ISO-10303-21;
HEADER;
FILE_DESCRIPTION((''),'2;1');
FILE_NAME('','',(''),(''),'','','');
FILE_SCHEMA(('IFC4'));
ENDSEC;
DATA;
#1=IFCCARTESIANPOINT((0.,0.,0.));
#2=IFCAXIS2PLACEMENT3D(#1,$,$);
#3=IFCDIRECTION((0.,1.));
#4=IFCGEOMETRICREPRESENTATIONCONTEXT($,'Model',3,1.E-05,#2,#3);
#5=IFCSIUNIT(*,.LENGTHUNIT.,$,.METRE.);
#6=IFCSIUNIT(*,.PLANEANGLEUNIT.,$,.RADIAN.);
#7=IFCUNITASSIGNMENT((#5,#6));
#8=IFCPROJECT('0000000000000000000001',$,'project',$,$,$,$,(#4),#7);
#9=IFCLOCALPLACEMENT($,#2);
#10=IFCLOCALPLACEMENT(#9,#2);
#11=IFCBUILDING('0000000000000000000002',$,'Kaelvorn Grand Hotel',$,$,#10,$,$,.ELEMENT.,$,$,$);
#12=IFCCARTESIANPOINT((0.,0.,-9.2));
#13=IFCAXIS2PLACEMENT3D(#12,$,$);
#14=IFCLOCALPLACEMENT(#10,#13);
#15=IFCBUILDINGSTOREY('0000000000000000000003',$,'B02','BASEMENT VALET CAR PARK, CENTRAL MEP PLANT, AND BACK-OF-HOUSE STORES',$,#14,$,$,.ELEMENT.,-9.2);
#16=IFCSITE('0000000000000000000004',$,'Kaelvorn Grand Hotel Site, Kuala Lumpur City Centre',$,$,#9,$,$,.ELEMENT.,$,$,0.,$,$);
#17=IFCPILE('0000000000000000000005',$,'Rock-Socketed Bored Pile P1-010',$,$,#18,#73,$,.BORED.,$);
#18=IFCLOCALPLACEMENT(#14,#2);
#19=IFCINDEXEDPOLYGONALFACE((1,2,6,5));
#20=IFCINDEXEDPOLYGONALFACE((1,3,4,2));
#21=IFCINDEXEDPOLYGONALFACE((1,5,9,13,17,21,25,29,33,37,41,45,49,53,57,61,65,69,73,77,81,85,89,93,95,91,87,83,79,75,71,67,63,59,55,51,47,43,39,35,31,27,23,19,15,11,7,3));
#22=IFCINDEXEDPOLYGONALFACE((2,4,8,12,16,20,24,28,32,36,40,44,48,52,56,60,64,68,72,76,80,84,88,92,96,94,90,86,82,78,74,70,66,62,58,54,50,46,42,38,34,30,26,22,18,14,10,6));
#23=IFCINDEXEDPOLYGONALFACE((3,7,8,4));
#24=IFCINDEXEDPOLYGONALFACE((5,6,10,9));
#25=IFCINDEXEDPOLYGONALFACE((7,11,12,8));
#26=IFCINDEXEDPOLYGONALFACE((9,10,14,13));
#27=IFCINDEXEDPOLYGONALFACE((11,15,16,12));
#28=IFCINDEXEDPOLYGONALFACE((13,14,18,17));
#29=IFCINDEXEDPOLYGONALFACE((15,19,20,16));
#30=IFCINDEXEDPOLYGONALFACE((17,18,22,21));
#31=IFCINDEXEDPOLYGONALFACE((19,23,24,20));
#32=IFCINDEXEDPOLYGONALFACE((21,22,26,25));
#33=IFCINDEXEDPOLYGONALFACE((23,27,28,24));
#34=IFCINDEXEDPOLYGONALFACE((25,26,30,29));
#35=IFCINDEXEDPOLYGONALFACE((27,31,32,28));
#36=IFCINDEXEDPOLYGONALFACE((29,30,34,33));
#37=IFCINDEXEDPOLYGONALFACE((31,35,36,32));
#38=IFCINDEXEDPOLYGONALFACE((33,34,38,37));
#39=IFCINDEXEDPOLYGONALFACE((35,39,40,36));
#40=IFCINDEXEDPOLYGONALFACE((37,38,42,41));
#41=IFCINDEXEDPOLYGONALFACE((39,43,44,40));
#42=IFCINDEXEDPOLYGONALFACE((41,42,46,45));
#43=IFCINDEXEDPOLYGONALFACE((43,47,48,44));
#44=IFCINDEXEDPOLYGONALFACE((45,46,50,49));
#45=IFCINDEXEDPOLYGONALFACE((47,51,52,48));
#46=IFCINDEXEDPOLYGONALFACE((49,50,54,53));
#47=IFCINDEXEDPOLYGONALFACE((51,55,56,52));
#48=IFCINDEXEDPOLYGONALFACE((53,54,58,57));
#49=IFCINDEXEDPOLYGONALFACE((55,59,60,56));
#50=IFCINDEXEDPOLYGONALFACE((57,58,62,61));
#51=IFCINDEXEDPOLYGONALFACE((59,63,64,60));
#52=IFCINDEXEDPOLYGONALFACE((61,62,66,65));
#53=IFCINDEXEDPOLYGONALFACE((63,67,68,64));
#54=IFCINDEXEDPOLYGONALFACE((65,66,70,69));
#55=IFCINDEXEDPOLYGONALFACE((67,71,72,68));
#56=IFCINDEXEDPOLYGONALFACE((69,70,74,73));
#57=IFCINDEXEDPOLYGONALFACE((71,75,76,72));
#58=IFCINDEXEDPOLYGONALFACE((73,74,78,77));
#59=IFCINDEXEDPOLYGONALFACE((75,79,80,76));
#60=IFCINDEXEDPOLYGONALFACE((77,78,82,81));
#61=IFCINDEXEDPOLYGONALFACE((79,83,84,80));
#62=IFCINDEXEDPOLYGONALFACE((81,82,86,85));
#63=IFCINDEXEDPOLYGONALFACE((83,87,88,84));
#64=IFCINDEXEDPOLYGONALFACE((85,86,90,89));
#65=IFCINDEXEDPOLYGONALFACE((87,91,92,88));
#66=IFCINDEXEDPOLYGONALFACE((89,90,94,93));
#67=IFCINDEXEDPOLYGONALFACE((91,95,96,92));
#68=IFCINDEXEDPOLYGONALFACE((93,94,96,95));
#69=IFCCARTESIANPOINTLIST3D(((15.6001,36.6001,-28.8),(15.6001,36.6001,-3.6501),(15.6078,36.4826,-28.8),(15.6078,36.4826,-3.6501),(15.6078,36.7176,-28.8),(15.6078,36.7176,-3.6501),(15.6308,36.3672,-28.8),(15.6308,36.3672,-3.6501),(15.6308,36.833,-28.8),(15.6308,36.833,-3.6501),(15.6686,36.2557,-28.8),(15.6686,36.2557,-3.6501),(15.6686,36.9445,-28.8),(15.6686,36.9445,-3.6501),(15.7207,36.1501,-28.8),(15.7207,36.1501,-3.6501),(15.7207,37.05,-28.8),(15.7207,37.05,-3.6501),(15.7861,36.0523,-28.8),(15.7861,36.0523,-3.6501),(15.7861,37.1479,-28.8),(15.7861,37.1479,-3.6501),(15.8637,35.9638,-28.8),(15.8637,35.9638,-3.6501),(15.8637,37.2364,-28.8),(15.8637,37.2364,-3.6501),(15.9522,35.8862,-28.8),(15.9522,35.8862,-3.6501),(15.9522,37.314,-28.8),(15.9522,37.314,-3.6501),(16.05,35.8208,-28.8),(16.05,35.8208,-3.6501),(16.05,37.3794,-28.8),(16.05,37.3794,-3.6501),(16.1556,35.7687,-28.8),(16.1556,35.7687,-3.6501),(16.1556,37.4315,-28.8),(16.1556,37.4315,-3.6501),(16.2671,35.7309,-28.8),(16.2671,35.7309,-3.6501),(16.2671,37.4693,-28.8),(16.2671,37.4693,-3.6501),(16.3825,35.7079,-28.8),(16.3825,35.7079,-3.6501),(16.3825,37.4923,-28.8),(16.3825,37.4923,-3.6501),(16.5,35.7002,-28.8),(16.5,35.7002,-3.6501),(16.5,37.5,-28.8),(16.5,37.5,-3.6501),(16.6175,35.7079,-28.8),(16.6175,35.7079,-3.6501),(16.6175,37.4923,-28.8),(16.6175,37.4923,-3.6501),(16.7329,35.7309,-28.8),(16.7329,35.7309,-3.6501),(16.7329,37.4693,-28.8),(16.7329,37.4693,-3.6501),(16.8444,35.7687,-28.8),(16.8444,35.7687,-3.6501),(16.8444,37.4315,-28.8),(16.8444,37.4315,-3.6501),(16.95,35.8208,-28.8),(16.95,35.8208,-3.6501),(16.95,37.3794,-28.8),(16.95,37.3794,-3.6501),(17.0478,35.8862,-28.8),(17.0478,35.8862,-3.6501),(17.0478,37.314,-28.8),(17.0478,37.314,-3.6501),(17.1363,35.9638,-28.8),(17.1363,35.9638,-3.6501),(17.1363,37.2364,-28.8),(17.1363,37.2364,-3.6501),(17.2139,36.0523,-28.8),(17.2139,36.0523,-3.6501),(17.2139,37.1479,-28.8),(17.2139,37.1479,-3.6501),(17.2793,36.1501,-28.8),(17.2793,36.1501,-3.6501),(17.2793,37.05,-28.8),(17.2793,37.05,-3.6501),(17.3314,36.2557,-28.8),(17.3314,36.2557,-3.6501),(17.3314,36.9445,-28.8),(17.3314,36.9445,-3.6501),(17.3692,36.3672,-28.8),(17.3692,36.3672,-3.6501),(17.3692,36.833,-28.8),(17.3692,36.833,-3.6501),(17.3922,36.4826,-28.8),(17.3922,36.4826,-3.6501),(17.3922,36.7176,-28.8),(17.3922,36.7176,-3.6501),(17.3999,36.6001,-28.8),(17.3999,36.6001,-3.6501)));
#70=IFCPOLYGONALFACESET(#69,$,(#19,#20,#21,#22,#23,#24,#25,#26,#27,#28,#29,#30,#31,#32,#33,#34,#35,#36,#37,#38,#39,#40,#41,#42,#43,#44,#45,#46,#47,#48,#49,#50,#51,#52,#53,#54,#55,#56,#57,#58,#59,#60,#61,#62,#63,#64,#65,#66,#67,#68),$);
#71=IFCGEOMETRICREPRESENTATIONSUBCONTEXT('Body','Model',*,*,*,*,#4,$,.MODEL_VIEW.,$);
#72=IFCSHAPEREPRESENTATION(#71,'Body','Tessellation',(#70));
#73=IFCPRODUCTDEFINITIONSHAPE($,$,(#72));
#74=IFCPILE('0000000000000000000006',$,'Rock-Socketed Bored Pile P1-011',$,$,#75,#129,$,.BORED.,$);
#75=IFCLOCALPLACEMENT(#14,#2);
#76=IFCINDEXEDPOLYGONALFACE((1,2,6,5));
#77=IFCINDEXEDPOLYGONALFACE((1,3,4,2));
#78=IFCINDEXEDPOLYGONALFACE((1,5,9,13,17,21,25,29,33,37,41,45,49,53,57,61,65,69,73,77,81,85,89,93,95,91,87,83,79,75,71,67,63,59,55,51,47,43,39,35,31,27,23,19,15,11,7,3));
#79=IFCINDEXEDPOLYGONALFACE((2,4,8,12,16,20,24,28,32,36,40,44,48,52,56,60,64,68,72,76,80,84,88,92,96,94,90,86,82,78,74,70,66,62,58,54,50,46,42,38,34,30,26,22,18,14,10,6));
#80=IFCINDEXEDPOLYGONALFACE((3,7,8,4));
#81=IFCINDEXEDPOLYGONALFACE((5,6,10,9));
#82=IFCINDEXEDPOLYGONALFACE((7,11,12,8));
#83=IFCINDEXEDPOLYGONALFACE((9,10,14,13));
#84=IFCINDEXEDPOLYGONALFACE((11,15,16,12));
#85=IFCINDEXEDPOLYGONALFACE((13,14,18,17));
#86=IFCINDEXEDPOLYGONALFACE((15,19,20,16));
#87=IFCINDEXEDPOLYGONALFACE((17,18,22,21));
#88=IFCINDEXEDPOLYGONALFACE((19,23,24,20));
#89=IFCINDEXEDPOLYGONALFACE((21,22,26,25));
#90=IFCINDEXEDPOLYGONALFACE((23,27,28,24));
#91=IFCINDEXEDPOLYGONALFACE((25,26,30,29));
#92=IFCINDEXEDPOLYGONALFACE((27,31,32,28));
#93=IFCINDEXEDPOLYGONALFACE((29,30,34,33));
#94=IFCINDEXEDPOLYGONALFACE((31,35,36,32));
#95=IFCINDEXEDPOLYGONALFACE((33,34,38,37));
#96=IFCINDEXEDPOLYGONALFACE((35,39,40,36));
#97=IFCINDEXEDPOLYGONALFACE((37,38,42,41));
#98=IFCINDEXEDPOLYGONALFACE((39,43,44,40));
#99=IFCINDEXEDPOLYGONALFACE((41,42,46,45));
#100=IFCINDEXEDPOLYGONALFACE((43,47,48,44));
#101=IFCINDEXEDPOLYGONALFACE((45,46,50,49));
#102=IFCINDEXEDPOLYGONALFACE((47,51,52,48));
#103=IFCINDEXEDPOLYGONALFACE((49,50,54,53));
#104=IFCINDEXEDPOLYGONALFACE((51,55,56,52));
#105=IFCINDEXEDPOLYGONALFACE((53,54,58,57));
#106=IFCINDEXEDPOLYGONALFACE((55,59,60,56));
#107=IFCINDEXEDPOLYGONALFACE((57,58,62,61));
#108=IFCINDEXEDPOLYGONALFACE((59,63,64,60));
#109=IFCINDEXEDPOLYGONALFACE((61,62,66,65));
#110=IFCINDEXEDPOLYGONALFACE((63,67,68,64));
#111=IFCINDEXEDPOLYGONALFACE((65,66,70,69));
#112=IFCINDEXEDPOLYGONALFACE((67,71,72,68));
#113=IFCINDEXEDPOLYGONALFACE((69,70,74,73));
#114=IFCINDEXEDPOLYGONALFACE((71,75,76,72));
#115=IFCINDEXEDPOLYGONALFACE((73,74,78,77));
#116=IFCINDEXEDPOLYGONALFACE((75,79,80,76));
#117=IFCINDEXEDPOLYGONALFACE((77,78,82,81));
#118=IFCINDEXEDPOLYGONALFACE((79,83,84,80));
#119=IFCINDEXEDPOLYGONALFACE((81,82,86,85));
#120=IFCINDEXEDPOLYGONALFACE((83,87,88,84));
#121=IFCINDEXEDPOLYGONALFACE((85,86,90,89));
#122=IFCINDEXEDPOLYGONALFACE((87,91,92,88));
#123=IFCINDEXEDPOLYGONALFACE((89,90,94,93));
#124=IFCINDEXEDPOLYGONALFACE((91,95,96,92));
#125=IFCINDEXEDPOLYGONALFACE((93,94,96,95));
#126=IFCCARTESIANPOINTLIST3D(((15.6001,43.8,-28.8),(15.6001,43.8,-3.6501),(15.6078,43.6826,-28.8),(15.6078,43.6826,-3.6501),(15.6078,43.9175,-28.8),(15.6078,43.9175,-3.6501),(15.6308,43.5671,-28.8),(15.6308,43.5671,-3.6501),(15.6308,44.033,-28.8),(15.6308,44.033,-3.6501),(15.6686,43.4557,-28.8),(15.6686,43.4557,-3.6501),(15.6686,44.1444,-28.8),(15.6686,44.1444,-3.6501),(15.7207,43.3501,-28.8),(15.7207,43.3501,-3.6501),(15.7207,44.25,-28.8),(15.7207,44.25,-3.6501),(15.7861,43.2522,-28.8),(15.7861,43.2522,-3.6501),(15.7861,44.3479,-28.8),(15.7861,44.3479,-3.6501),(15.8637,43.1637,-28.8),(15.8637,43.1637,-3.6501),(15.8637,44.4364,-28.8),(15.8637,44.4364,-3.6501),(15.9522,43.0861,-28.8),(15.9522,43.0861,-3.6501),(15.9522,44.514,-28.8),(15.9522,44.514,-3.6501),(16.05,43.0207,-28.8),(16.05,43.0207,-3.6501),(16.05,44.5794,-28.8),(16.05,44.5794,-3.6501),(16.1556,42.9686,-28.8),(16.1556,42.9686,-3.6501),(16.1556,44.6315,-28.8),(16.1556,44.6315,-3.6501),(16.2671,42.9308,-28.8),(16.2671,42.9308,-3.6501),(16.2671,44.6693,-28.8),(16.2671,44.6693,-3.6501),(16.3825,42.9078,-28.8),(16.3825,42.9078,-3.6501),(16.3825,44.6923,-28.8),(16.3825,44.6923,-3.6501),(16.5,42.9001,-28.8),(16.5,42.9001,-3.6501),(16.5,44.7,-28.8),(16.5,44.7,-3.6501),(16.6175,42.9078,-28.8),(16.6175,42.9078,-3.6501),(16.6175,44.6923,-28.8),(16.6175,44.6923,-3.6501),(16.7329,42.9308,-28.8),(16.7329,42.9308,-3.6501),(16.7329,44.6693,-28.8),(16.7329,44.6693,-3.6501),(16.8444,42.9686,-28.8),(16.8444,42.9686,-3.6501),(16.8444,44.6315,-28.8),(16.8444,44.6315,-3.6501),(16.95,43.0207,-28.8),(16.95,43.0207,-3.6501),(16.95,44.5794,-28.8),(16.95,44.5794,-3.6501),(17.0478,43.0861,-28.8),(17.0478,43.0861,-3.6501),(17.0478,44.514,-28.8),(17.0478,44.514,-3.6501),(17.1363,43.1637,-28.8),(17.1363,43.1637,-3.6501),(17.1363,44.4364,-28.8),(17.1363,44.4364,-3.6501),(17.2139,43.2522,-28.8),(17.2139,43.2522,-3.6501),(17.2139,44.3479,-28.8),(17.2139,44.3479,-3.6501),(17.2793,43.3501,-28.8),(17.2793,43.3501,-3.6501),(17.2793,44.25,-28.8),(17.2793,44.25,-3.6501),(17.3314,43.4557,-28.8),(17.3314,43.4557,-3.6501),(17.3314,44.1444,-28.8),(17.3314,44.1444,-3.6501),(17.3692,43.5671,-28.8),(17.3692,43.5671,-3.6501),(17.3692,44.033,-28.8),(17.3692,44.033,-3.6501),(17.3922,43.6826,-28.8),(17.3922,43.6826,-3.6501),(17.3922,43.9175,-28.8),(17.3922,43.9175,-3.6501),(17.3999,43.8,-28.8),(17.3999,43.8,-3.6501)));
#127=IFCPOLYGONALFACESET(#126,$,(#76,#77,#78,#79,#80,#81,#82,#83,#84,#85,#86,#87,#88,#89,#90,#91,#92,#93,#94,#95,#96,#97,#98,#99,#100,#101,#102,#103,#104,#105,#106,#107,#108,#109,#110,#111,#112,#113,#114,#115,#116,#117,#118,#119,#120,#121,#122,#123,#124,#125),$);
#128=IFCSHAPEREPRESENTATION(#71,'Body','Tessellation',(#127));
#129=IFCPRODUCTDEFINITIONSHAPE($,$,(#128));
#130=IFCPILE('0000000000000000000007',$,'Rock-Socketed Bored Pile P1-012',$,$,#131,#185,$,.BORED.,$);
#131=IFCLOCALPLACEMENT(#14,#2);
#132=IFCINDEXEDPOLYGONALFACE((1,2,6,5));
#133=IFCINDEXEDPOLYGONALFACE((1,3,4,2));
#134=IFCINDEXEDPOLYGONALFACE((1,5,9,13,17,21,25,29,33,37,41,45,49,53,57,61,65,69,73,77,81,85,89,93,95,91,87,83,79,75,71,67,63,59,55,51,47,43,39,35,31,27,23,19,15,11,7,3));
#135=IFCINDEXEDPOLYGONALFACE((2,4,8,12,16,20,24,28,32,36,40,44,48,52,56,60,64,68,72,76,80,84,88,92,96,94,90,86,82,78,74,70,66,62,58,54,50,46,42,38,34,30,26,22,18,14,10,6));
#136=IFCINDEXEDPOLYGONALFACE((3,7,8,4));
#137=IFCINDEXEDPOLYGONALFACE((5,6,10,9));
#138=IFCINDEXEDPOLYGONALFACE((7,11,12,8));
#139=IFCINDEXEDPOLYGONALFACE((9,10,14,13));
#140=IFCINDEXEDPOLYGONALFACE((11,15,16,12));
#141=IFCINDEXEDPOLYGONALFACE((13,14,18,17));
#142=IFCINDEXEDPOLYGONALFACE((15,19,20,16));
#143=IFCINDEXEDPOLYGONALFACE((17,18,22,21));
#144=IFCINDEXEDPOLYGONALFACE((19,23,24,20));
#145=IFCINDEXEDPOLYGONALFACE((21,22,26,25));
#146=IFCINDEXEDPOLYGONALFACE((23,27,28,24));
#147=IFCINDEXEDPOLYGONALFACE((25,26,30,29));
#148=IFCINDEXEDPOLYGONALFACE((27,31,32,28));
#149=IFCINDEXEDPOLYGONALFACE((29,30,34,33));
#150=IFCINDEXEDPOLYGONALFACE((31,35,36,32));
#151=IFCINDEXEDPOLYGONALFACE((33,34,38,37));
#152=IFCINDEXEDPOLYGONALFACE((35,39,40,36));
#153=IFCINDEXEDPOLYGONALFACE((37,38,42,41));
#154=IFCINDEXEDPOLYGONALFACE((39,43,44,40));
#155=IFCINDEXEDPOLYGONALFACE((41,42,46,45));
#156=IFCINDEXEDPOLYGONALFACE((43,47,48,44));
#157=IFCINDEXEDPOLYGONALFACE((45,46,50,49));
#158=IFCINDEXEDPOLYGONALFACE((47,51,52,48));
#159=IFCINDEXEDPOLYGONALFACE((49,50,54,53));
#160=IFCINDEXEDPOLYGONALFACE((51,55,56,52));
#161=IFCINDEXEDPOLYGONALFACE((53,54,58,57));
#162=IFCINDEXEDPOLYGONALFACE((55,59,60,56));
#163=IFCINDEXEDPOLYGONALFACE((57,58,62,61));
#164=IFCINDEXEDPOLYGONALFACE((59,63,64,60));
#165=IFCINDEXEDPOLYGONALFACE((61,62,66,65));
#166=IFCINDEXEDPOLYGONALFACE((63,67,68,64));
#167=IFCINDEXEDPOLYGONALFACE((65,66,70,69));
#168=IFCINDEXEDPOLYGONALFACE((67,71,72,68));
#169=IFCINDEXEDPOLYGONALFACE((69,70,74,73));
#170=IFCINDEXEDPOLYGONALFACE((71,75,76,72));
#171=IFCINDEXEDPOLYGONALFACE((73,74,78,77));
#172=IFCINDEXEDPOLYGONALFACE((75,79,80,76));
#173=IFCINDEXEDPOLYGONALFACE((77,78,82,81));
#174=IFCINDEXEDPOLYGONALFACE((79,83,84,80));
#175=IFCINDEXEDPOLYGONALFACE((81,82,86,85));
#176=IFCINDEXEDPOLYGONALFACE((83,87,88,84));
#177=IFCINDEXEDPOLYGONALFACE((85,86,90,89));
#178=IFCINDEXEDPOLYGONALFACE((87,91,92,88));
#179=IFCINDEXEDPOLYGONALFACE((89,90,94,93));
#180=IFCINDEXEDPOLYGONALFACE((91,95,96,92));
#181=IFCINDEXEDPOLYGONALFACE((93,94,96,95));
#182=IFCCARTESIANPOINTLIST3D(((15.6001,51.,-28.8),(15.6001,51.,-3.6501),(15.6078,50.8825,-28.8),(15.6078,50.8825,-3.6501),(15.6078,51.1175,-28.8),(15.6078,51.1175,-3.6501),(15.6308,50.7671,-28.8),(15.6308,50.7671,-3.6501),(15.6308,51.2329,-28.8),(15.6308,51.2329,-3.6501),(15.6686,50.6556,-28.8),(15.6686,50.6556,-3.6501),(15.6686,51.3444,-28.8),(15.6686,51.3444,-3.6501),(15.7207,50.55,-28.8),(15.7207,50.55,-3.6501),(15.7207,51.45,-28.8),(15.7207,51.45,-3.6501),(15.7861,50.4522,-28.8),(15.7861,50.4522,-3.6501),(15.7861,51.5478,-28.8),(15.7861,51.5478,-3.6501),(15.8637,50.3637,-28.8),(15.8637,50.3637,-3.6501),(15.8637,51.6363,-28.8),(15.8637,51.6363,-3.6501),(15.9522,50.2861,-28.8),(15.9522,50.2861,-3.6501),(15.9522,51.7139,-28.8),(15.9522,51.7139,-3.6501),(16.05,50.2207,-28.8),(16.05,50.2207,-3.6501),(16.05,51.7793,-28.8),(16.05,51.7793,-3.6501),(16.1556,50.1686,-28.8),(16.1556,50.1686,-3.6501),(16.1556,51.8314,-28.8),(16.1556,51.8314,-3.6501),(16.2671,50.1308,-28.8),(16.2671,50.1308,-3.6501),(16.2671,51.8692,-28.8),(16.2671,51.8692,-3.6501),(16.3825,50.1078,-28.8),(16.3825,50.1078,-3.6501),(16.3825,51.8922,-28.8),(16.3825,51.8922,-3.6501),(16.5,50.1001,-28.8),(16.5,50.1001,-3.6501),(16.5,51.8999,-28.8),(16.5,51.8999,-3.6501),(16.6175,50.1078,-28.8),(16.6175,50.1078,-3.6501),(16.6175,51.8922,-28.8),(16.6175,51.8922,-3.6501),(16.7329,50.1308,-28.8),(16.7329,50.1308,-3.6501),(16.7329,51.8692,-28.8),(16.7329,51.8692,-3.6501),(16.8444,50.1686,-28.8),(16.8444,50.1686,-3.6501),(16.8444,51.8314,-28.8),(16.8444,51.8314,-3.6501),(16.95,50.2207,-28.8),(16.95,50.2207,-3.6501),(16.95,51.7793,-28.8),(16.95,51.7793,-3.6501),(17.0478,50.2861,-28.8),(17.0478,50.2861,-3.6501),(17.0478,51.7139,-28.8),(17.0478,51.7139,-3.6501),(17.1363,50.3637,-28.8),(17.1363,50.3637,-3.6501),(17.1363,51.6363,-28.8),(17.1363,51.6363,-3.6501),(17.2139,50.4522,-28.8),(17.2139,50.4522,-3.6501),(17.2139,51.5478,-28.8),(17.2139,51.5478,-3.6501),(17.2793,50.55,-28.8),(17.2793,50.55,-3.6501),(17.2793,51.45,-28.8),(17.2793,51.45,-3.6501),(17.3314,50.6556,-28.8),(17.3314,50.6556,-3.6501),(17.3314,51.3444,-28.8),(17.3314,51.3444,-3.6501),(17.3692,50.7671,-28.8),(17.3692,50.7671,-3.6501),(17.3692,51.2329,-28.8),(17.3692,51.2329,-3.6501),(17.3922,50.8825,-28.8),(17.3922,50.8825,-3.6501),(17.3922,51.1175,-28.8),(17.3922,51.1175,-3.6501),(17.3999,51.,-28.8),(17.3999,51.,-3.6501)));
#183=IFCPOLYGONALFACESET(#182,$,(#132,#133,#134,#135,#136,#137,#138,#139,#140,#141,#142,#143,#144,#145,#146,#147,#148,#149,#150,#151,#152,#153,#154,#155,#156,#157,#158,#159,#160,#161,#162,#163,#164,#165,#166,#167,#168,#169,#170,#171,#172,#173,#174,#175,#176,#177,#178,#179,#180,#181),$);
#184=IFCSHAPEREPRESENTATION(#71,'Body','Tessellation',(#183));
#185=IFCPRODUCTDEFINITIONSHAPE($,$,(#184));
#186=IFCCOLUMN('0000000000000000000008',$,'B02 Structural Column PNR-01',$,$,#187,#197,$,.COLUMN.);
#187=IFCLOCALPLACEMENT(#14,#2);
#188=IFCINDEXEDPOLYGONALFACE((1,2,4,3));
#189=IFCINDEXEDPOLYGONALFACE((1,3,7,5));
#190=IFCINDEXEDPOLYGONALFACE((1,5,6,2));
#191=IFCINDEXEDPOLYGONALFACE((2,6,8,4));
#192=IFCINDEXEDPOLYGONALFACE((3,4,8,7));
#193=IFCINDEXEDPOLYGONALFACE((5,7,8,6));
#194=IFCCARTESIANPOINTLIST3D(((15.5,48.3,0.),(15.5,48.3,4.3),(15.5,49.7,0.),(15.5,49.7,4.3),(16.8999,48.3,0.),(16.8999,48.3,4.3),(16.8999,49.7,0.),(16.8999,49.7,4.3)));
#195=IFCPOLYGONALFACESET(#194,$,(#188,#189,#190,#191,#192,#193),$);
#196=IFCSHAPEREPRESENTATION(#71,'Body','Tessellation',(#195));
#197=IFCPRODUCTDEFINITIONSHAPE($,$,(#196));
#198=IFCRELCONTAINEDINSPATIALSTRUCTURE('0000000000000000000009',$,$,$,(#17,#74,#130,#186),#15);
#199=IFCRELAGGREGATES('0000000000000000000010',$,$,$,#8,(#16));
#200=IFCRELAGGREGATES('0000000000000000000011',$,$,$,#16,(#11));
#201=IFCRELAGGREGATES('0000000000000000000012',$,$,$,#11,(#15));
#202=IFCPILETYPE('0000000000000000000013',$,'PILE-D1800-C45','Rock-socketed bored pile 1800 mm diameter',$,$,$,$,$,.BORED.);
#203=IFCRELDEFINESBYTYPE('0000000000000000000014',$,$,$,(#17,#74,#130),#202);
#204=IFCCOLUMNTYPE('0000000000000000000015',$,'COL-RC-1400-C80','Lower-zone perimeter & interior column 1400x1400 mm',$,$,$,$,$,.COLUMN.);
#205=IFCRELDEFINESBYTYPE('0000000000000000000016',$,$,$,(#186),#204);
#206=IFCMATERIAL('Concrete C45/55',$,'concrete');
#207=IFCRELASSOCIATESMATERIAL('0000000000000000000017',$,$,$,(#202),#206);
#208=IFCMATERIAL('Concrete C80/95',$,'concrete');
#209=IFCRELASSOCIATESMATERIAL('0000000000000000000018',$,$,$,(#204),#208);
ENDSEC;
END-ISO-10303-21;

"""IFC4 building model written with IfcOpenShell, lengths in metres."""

from ifc_helpers import new_model, si_unit, direction, frame, origin, origin_2d, place, context, subcontext, project, spatial, rectangle, circle, extrude, material, material_profile, profile_set, type_object, element, save


model = new_model("IFC4")

# Units and contexts
model_context = context("Model", 3, precision=1e-05, world=origin(), true_north=direction((0.0, 1.0)))
body_context = subcontext(model_context, "Body", "Model", "MODEL_VIEW")
ifc_project = project(units=[si_unit("LENGTHUNIT", "METRE"), si_unit("PLANEANGLEUNIT", "RADIAN")], contexts=[model_context])

# Site, building, storey
site_placement = place(None, origin())
site = spatial("IfcSite", under=ifc_project, at=site_placement, Name="Kaelvorn Grand Hotel Site, Kuala Lumpur City Centre", CompositionType="ELEMENT", RefElevation=0.0)
building_placement = place(site_placement, origin())
building = spatial("IfcBuilding", under=site, at=building_placement, Name="Kaelvorn Grand Hotel", CompositionType="ELEMENT")
storey_placement = place(building_placement, frame((0.0, 0.0, -9.2)))
storey = spatial("IfcBuildingStorey", under=building, at=storey_placement, Name="B02", Description="BASEMENT VALET CAR PARK, CENTRAL MEP PLANT, AND BACK-OF-HOUSE STORES", CompositionType="ELEMENT", Elevation=-9.2)

# Piles
ifc_material_1 = material(Name="Concrete C45/55", Category="concrete")
ifc_material_profile_1 = material_profile(ifc_material_1, circle(Radius=0.8999, at=origin_2d()), Name="BORED PILE D1800")
ifc_profile_set_1 = profile_set([ifc_material_profile_1], Name="Concrete C45/55")
pile_type = type_object("IfcPileType", Name="PILE-D1800-C45", Description="Rock-socketed bored pile 1800 mm diameter", PredefinedType="BORED", material=ifc_profile_set_1)
for number, where, z_axis, x_axis, name in (
    (1, (16.5, 36.6001, -3.6501), (0.0, 0.0, -1.0), (1.0, 0.0, 0.0), "Rock-Socketed Bored Pile P1-010"),
    (2, (16.5, 43.8, -3.6501), (0.0, 0.0, -1.0), (1.0, 0.0, 0.0), "Rock-Socketed Bored Pile P1-011"),
    (3, (16.5, 51.0, -3.6501), (0.0, 0.0, -1.0), (1.0, 0.0, 0.0), "Rock-Socketed Bored Pile P1-012"),
):
    element("IfcPile", number, at=place(storey_placement, frame(where, z_axis=z_axis, x_axis=x_axis)), inside=storey, type_object=pile_type, Name=name, PredefinedType="BORED", context=body_context, shape_type="SweptSolid", body=[
        extrude(circle(Radius=0.8999, at=origin_2d()), origin(), (0.0, 0.0, 1.0), 25.1499),
    ])

# Column
ifc_material_2 = material(Name="Concrete C80/95", Category="concrete")
ifc_material_profile_2 = material_profile(ifc_material_2, rectangle(XDim=1.3999, YDim=1.3999, at=origin_2d()), Name="RC COL 1400x1400")
ifc_profile_set_2 = profile_set([ifc_material_profile_2], Name="Concrete C80/95")
column_type = type_object("IfcColumnType", Name="COL-RC-1400-C80", Description="Lower-zone perimeter & interior column 1400x1400 mm", PredefinedType="COLUMN", material=ifc_profile_set_2)
column_placement = place(storey_placement, frame((16.2, 49.0, 0.0), z_axis=(0.0, 0.0, 1.0), x_axis=(1.0, 0.0, 0.0)))
element("IfcColumn", 4, at=column_placement, inside=storey, type_object=column_type, Name="B02 Structural Column PNR-01", PredefinedType="COLUMN", context=body_context, shape_type="SweptSolid", body=[
    extrude(rectangle(XDim=1.3999, YDim=1.3999, at=origin_2d()), origin(), (0.0, 0.0, 1.0), 4.3),
])

save(model, "model.ifc")
